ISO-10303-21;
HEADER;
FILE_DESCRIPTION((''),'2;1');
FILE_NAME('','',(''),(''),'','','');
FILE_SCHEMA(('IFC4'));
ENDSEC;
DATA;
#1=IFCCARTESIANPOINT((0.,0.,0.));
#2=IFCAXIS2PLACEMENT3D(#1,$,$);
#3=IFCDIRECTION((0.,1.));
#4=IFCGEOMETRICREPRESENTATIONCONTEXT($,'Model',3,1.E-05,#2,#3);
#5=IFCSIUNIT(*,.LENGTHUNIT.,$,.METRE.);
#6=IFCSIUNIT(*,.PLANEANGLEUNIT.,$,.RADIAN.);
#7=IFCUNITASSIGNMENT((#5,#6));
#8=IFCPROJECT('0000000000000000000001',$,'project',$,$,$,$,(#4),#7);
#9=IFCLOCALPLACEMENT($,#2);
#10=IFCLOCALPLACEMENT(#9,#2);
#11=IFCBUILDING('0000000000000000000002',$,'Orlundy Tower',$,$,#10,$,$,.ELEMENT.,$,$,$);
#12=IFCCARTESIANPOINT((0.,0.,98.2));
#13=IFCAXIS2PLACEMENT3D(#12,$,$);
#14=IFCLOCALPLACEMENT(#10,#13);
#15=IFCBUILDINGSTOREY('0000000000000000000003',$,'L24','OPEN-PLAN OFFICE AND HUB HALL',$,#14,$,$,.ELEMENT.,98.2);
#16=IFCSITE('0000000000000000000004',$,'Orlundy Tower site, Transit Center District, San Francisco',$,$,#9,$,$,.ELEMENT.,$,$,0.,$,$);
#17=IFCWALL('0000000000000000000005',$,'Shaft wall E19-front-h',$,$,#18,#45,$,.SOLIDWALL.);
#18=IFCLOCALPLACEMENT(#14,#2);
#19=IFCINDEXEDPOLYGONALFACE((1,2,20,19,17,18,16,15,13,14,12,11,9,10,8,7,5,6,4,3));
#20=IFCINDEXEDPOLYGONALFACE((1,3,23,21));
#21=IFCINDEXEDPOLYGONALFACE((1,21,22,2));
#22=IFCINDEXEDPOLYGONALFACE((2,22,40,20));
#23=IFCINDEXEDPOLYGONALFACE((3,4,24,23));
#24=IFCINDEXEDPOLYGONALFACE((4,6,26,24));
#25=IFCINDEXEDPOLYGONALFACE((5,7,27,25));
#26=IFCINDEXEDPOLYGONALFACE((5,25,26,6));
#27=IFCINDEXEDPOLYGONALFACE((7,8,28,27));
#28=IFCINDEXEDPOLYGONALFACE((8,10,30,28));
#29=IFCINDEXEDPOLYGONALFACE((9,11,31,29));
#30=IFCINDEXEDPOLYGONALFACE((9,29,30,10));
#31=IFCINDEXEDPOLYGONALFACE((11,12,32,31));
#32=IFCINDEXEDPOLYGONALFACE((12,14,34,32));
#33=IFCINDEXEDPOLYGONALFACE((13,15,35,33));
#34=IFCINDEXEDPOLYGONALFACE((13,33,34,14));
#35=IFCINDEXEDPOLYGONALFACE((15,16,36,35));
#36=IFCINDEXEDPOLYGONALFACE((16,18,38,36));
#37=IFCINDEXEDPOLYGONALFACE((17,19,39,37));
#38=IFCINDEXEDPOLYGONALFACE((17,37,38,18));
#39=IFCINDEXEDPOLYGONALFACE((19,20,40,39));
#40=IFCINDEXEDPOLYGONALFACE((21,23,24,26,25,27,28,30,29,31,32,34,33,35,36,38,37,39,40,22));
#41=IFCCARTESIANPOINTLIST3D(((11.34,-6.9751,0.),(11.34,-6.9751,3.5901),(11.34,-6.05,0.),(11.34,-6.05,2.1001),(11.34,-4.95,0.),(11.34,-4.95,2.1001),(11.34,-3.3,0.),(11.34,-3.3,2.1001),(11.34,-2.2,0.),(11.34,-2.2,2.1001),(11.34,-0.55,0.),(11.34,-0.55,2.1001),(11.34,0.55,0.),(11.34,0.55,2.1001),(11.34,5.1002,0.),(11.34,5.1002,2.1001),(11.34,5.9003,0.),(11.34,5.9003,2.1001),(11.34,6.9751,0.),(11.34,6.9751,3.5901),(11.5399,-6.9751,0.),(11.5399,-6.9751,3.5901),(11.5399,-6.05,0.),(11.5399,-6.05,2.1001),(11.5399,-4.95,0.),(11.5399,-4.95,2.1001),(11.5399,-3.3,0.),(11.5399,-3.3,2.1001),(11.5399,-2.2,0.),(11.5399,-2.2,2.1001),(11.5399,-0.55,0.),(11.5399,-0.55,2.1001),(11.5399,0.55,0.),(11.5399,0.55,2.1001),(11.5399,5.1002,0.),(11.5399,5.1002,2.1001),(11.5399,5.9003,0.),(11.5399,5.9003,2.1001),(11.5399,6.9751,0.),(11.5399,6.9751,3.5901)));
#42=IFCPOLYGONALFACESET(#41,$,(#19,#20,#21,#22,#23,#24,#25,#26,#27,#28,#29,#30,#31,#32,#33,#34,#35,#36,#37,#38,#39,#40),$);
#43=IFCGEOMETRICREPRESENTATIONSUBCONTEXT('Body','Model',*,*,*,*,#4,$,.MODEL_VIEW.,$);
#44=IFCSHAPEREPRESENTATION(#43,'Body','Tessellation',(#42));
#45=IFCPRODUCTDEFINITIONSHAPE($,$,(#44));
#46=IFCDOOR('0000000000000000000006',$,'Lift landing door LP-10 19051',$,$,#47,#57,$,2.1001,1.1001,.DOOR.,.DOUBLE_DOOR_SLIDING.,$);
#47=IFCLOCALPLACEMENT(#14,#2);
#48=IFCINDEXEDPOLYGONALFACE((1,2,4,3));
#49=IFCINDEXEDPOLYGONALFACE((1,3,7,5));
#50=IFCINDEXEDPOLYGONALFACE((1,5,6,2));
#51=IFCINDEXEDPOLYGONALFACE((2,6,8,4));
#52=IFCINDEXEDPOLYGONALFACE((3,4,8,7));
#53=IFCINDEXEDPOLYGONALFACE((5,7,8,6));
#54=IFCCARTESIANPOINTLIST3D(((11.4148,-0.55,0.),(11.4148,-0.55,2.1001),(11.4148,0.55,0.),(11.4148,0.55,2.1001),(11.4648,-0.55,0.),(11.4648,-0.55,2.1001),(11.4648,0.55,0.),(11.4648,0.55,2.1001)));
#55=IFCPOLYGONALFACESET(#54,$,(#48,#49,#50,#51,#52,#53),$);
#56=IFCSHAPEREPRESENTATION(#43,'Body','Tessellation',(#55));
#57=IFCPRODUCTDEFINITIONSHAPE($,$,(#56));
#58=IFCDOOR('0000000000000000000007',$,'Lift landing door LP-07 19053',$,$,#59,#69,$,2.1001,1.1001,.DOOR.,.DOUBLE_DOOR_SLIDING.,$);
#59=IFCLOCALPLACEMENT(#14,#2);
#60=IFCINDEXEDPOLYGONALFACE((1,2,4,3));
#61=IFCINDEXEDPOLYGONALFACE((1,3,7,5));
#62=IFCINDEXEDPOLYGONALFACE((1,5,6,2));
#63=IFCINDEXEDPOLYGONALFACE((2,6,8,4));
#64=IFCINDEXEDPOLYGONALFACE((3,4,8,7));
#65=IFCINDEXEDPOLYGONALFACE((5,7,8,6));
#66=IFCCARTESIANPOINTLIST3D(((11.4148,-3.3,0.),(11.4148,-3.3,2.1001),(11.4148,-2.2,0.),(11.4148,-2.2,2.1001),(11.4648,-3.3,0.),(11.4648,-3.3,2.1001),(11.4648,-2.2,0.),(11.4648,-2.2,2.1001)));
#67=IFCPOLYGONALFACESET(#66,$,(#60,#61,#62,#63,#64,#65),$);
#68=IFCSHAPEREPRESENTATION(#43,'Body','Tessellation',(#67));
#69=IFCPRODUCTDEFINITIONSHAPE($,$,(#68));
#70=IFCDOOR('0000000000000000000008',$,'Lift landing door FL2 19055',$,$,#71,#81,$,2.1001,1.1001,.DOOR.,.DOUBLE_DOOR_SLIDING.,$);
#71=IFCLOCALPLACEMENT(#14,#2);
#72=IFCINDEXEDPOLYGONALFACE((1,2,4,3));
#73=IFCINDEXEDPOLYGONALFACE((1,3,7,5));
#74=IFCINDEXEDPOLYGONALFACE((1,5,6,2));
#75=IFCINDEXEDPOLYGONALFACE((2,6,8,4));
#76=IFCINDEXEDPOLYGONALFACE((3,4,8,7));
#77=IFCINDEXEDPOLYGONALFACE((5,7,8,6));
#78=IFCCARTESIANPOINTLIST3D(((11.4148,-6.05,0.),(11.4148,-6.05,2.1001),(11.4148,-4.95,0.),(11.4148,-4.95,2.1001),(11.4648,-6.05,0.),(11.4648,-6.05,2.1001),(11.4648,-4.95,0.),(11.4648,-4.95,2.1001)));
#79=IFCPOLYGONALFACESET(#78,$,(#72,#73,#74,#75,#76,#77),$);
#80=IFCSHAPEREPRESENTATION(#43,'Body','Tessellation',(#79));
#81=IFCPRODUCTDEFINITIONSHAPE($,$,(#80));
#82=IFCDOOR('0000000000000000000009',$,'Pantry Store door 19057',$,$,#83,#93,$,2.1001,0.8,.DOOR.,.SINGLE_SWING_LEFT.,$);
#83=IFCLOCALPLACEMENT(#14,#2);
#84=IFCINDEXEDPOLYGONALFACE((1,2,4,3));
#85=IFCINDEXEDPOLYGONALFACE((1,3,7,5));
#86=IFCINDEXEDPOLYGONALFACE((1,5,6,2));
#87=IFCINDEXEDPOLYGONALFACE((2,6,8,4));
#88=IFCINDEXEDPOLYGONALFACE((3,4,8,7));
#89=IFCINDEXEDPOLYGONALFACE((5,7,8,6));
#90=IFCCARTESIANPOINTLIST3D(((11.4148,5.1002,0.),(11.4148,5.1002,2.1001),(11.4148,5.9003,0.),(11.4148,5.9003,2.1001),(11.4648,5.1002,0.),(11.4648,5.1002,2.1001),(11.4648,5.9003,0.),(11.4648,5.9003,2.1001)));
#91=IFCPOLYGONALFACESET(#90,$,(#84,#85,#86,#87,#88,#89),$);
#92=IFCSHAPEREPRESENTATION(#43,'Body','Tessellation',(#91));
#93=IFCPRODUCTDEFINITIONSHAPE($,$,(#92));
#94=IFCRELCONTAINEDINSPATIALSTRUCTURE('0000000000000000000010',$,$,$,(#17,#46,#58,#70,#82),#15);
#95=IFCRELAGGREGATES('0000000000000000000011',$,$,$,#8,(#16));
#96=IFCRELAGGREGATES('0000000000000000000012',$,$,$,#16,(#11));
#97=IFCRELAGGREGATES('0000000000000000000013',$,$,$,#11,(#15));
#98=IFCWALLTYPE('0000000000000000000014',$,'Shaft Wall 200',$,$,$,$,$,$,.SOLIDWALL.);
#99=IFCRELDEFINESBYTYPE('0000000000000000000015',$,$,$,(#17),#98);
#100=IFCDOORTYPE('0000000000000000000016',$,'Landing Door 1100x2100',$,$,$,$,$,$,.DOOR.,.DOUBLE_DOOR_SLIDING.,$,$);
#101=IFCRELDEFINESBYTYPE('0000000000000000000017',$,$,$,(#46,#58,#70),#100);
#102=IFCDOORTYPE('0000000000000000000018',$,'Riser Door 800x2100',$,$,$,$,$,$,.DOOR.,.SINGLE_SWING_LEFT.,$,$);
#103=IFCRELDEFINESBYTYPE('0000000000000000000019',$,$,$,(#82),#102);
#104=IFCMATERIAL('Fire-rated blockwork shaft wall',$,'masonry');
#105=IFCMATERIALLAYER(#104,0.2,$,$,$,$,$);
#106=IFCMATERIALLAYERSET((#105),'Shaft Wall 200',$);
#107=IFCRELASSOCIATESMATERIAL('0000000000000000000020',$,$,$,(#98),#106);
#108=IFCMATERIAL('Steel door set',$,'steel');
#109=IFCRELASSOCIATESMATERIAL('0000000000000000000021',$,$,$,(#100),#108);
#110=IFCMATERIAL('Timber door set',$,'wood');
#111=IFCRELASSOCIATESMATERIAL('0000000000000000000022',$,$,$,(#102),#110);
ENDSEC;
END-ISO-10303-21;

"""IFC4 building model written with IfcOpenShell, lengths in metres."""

from ifc_helpers import new_model, si_unit, direction, frame, frame_2d, origin, place, context, subcontext, project, spatial, rectangle, extrude, material, layer, layer_set, type_object, element, fill, save


model = new_model("IFC4")

# Units and contexts
model_context = context("Model", 3, precision=1e-05, world=origin(), true_north=direction((0.0, 1.0)))
body_context = subcontext(model_context, "Body", "Model", "MODEL_VIEW")
ifc_project = project(units=[si_unit("LENGTHUNIT", "METRE"), si_unit("PLANEANGLEUNIT", "RADIAN")], contexts=[model_context])

# Site, building, storey
site_placement = place(None, origin())
site = spatial("IfcSite", under=ifc_project, at=site_placement, Name="Orlundy Tower site, Transit Center District, San Francisco", CompositionType="ELEMENT", RefElevation=0.0)
building_placement = place(site_placement, origin())
building = spatial("IfcBuilding", under=site, at=building_placement, Name="Orlundy Tower", CompositionType="ELEMENT")
storey_placement = place(building_placement, frame((0.0, 0.0, 98.2)))
storey = spatial("IfcBuildingStorey", under=building, at=storey_placement, Name="L24", Description="OPEN-PLAN OFFICE AND HUB HALL", CompositionType="ELEMENT", Elevation=98.2)

# Shared definitions
ifc_material_1 = material(Name="Fire-rated blockwork shaft wall", Category="masonry")
ifc_layer_1 = layer(ifc_material_1, 0.2)
ifc_layer_set_1 = layer_set([ifc_layer_1], Name="Shaft Wall 200")
wall_type_1 = type_object("IfcWallType", Name="Shaft Wall 200", PredefinedType="SOLIDWALL", material=ifc_layer_set_1)

# Wall, openings, doors
wall_1_placement = place(storey_placement, frame((11.4399, 6.9751, 0.0), z_axis=(0.0, 0.0, 1.0), x_axis=(0.0, -1.0, 0.0)))
wall_1 = element("IfcWall", 1, at=wall_1_placement, inside=storey, type_object=wall_type_1, Name="Shaft wall E19-front-h", PredefinedType="SOLIDWALL", context=body_context, shape_type="SweptSolid", body=[
    extrude(rectangle(XDim=13.9502, YDim=0.2, at=frame_2d((6.9751, 0.0))), origin(), (0.0, 0.0, 1.0), 3.5901),
])
opening_1_placement = place(wall_1_placement, frame((6.425, 0.0, 0.0)))
opening_1 = element("IfcOpeningElement", 2, at=opening_1_placement, cuts=wall_1, PredefinedType="OPENING", context=body_context, shape_type="SweptSolid", body=[
    extrude(rectangle(XDim=1.1001, YDim=2.1001, at=frame_2d((0.55, 1.05))), frame((0.0, 0.1101, 0.0), z_axis=(0.0, -1.0, 0.0), x_axis=(1.0, 0.0, 0.0)), (0.0, 0.0, 1.0), 0.2202),
])
opening_2_placement = place(wall_1_placement, frame((9.175, 0.0, 0.0)))
opening_2 = element("IfcOpeningElement", 3, at=opening_2_placement, cuts=wall_1, PredefinedType="OPENING", context=body_context, shape_type="SweptSolid", body=[
    extrude(rectangle(XDim=1.1001, YDim=2.1001, at=frame_2d((0.55, 1.05))), frame((0.0, 0.1101, 0.0), z_axis=(0.0, -1.0, 0.0), x_axis=(1.0, 0.0, 0.0)), (0.0, 0.0, 1.0), 0.2202),
])
opening_3_placement = place(wall_1_placement, frame((11.925, 0.0, 0.0)))
opening_3 = element("IfcOpeningElement", 4, at=opening_3_placement, cuts=wall_1, PredefinedType="OPENING", context=body_context, shape_type="SweptSolid", body=[
    extrude(rectangle(XDim=1.1001, YDim=2.1001, at=frame_2d((0.55, 1.05))), frame((0.0, 0.1101, 0.0), z_axis=(0.0, -1.0, 0.0), x_axis=(1.0, 0.0, 0.0)), (0.0, 0.0, 1.0), 0.2202),
])
opening_4_placement = place(wall_1_placement, frame((1.075, 0.0, 0.0)))
opening_4 = element("IfcOpeningElement", 5, at=opening_4_placement, cuts=wall_1, PredefinedType="OPENING", context=body_context, shape_type="SweptSolid", body=[
    extrude(rectangle(XDim=0.8, YDim=2.1001, at=frame_2d((0.3999, 1.05))), frame((0.0, 0.1101, 0.0), z_axis=(0.0, -1.0, 0.0), x_axis=(1.0, 0.0, 0.0)), (0.0, 0.0, 1.0), 0.2202),
])
ifc_material_2 = material(Name="Steel door set", Category="steel")
door_type_1 = type_object("IfcDoorType", Name="Landing Door 1100x2100", OperationType="DOUBLE_DOOR_SLIDING", PredefinedType="DOOR", material=ifc_material_2)
door_1_placement = place(opening_1_placement, origin())
door_1 = element("IfcDoor", 6, at=door_1_placement, inside=storey, type_object=door_type_1, Name="Lift landing door LP-10 19051", OperationType="DOUBLE_DOOR_SLIDING", OverallHeight=2.1001, OverallWidth=1.1001, PredefinedType="DOOR", context=body_context, shape_type="SweptSolid", body=[
    extrude(rectangle(XDim=1.1001, YDim=2.1001, at=frame_2d((0.55, 1.05))), frame((0.0, 0.0249, 0.0), z_axis=(0.0, -1.0, 0.0), x_axis=(1.0, 0.0, 0.0)), (0.0, 0.0, 1.0), 0.05),
])
fill(opening_1, door_1)
door_2_placement = place(opening_2_placement, origin())
door_2 = element("IfcDoor", 7, at=door_2_placement, inside=storey, type_object=door_type_1, Name="Lift landing door LP-07 19053", OperationType="DOUBLE_DOOR_SLIDING", OverallHeight=2.1001, OverallWidth=1.1001, PredefinedType="DOOR", context=body_context, shape_type="SweptSolid", body=[
    extrude(rectangle(XDim=1.1001, YDim=2.1001, at=frame_2d((0.55, 1.05))), frame((0.0, 0.0249, 0.0), z_axis=(0.0, -1.0, 0.0), x_axis=(1.0, 0.0, 0.0)), (0.0, 0.0, 1.0), 0.05),
])
fill(opening_2, door_2)
door_3_placement = place(opening_3_placement, origin())
door_3 = element("IfcDoor", 8, at=door_3_placement, inside=storey, type_object=door_type_1, Name="Lift landing door FL2 19055", OperationType="DOUBLE_DOOR_SLIDING", OverallHeight=2.1001, OverallWidth=1.1001, PredefinedType="DOOR", context=body_context, shape_type="SweptSolid", body=[
    extrude(rectangle(XDim=1.1001, YDim=2.1001, at=frame_2d((0.55, 1.05))), frame((0.0, 0.0249, 0.0), z_axis=(0.0, -1.0, 0.0), x_axis=(1.0, 0.0, 0.0)), (0.0, 0.0, 1.0), 0.05),
])
fill(opening_3, door_3)
ifc_material_3 = material(Name="Timber door set", Category="wood")
door_type_2 = type_object("IfcDoorType", Name="Riser Door 800x2100", OperationType="SINGLE_SWING_LEFT", PredefinedType="DOOR", material=ifc_material_3)
door_4_placement = place(opening_4_placement, origin())
door_4 = element("IfcDoor", 9, at=door_4_placement, inside=storey, type_object=door_type_2, Name="Pantry Store door 19057", OperationType="SINGLE_SWING_LEFT", OverallHeight=2.1001, OverallWidth=0.8, PredefinedType="DOOR", context=body_context, shape_type="SweptSolid", body=[
    extrude(rectangle(XDim=0.8, YDim=2.1001, at=frame_2d((0.3999, 1.05))), frame((0.0, 0.0249, 0.0), z_axis=(0.0, -1.0, 0.0), x_axis=(1.0, 0.0, 0.0)), (0.0, 0.0, 1.0), 0.05),
])
fill(opening_4, door_4)

save(model, "model.ifc")
